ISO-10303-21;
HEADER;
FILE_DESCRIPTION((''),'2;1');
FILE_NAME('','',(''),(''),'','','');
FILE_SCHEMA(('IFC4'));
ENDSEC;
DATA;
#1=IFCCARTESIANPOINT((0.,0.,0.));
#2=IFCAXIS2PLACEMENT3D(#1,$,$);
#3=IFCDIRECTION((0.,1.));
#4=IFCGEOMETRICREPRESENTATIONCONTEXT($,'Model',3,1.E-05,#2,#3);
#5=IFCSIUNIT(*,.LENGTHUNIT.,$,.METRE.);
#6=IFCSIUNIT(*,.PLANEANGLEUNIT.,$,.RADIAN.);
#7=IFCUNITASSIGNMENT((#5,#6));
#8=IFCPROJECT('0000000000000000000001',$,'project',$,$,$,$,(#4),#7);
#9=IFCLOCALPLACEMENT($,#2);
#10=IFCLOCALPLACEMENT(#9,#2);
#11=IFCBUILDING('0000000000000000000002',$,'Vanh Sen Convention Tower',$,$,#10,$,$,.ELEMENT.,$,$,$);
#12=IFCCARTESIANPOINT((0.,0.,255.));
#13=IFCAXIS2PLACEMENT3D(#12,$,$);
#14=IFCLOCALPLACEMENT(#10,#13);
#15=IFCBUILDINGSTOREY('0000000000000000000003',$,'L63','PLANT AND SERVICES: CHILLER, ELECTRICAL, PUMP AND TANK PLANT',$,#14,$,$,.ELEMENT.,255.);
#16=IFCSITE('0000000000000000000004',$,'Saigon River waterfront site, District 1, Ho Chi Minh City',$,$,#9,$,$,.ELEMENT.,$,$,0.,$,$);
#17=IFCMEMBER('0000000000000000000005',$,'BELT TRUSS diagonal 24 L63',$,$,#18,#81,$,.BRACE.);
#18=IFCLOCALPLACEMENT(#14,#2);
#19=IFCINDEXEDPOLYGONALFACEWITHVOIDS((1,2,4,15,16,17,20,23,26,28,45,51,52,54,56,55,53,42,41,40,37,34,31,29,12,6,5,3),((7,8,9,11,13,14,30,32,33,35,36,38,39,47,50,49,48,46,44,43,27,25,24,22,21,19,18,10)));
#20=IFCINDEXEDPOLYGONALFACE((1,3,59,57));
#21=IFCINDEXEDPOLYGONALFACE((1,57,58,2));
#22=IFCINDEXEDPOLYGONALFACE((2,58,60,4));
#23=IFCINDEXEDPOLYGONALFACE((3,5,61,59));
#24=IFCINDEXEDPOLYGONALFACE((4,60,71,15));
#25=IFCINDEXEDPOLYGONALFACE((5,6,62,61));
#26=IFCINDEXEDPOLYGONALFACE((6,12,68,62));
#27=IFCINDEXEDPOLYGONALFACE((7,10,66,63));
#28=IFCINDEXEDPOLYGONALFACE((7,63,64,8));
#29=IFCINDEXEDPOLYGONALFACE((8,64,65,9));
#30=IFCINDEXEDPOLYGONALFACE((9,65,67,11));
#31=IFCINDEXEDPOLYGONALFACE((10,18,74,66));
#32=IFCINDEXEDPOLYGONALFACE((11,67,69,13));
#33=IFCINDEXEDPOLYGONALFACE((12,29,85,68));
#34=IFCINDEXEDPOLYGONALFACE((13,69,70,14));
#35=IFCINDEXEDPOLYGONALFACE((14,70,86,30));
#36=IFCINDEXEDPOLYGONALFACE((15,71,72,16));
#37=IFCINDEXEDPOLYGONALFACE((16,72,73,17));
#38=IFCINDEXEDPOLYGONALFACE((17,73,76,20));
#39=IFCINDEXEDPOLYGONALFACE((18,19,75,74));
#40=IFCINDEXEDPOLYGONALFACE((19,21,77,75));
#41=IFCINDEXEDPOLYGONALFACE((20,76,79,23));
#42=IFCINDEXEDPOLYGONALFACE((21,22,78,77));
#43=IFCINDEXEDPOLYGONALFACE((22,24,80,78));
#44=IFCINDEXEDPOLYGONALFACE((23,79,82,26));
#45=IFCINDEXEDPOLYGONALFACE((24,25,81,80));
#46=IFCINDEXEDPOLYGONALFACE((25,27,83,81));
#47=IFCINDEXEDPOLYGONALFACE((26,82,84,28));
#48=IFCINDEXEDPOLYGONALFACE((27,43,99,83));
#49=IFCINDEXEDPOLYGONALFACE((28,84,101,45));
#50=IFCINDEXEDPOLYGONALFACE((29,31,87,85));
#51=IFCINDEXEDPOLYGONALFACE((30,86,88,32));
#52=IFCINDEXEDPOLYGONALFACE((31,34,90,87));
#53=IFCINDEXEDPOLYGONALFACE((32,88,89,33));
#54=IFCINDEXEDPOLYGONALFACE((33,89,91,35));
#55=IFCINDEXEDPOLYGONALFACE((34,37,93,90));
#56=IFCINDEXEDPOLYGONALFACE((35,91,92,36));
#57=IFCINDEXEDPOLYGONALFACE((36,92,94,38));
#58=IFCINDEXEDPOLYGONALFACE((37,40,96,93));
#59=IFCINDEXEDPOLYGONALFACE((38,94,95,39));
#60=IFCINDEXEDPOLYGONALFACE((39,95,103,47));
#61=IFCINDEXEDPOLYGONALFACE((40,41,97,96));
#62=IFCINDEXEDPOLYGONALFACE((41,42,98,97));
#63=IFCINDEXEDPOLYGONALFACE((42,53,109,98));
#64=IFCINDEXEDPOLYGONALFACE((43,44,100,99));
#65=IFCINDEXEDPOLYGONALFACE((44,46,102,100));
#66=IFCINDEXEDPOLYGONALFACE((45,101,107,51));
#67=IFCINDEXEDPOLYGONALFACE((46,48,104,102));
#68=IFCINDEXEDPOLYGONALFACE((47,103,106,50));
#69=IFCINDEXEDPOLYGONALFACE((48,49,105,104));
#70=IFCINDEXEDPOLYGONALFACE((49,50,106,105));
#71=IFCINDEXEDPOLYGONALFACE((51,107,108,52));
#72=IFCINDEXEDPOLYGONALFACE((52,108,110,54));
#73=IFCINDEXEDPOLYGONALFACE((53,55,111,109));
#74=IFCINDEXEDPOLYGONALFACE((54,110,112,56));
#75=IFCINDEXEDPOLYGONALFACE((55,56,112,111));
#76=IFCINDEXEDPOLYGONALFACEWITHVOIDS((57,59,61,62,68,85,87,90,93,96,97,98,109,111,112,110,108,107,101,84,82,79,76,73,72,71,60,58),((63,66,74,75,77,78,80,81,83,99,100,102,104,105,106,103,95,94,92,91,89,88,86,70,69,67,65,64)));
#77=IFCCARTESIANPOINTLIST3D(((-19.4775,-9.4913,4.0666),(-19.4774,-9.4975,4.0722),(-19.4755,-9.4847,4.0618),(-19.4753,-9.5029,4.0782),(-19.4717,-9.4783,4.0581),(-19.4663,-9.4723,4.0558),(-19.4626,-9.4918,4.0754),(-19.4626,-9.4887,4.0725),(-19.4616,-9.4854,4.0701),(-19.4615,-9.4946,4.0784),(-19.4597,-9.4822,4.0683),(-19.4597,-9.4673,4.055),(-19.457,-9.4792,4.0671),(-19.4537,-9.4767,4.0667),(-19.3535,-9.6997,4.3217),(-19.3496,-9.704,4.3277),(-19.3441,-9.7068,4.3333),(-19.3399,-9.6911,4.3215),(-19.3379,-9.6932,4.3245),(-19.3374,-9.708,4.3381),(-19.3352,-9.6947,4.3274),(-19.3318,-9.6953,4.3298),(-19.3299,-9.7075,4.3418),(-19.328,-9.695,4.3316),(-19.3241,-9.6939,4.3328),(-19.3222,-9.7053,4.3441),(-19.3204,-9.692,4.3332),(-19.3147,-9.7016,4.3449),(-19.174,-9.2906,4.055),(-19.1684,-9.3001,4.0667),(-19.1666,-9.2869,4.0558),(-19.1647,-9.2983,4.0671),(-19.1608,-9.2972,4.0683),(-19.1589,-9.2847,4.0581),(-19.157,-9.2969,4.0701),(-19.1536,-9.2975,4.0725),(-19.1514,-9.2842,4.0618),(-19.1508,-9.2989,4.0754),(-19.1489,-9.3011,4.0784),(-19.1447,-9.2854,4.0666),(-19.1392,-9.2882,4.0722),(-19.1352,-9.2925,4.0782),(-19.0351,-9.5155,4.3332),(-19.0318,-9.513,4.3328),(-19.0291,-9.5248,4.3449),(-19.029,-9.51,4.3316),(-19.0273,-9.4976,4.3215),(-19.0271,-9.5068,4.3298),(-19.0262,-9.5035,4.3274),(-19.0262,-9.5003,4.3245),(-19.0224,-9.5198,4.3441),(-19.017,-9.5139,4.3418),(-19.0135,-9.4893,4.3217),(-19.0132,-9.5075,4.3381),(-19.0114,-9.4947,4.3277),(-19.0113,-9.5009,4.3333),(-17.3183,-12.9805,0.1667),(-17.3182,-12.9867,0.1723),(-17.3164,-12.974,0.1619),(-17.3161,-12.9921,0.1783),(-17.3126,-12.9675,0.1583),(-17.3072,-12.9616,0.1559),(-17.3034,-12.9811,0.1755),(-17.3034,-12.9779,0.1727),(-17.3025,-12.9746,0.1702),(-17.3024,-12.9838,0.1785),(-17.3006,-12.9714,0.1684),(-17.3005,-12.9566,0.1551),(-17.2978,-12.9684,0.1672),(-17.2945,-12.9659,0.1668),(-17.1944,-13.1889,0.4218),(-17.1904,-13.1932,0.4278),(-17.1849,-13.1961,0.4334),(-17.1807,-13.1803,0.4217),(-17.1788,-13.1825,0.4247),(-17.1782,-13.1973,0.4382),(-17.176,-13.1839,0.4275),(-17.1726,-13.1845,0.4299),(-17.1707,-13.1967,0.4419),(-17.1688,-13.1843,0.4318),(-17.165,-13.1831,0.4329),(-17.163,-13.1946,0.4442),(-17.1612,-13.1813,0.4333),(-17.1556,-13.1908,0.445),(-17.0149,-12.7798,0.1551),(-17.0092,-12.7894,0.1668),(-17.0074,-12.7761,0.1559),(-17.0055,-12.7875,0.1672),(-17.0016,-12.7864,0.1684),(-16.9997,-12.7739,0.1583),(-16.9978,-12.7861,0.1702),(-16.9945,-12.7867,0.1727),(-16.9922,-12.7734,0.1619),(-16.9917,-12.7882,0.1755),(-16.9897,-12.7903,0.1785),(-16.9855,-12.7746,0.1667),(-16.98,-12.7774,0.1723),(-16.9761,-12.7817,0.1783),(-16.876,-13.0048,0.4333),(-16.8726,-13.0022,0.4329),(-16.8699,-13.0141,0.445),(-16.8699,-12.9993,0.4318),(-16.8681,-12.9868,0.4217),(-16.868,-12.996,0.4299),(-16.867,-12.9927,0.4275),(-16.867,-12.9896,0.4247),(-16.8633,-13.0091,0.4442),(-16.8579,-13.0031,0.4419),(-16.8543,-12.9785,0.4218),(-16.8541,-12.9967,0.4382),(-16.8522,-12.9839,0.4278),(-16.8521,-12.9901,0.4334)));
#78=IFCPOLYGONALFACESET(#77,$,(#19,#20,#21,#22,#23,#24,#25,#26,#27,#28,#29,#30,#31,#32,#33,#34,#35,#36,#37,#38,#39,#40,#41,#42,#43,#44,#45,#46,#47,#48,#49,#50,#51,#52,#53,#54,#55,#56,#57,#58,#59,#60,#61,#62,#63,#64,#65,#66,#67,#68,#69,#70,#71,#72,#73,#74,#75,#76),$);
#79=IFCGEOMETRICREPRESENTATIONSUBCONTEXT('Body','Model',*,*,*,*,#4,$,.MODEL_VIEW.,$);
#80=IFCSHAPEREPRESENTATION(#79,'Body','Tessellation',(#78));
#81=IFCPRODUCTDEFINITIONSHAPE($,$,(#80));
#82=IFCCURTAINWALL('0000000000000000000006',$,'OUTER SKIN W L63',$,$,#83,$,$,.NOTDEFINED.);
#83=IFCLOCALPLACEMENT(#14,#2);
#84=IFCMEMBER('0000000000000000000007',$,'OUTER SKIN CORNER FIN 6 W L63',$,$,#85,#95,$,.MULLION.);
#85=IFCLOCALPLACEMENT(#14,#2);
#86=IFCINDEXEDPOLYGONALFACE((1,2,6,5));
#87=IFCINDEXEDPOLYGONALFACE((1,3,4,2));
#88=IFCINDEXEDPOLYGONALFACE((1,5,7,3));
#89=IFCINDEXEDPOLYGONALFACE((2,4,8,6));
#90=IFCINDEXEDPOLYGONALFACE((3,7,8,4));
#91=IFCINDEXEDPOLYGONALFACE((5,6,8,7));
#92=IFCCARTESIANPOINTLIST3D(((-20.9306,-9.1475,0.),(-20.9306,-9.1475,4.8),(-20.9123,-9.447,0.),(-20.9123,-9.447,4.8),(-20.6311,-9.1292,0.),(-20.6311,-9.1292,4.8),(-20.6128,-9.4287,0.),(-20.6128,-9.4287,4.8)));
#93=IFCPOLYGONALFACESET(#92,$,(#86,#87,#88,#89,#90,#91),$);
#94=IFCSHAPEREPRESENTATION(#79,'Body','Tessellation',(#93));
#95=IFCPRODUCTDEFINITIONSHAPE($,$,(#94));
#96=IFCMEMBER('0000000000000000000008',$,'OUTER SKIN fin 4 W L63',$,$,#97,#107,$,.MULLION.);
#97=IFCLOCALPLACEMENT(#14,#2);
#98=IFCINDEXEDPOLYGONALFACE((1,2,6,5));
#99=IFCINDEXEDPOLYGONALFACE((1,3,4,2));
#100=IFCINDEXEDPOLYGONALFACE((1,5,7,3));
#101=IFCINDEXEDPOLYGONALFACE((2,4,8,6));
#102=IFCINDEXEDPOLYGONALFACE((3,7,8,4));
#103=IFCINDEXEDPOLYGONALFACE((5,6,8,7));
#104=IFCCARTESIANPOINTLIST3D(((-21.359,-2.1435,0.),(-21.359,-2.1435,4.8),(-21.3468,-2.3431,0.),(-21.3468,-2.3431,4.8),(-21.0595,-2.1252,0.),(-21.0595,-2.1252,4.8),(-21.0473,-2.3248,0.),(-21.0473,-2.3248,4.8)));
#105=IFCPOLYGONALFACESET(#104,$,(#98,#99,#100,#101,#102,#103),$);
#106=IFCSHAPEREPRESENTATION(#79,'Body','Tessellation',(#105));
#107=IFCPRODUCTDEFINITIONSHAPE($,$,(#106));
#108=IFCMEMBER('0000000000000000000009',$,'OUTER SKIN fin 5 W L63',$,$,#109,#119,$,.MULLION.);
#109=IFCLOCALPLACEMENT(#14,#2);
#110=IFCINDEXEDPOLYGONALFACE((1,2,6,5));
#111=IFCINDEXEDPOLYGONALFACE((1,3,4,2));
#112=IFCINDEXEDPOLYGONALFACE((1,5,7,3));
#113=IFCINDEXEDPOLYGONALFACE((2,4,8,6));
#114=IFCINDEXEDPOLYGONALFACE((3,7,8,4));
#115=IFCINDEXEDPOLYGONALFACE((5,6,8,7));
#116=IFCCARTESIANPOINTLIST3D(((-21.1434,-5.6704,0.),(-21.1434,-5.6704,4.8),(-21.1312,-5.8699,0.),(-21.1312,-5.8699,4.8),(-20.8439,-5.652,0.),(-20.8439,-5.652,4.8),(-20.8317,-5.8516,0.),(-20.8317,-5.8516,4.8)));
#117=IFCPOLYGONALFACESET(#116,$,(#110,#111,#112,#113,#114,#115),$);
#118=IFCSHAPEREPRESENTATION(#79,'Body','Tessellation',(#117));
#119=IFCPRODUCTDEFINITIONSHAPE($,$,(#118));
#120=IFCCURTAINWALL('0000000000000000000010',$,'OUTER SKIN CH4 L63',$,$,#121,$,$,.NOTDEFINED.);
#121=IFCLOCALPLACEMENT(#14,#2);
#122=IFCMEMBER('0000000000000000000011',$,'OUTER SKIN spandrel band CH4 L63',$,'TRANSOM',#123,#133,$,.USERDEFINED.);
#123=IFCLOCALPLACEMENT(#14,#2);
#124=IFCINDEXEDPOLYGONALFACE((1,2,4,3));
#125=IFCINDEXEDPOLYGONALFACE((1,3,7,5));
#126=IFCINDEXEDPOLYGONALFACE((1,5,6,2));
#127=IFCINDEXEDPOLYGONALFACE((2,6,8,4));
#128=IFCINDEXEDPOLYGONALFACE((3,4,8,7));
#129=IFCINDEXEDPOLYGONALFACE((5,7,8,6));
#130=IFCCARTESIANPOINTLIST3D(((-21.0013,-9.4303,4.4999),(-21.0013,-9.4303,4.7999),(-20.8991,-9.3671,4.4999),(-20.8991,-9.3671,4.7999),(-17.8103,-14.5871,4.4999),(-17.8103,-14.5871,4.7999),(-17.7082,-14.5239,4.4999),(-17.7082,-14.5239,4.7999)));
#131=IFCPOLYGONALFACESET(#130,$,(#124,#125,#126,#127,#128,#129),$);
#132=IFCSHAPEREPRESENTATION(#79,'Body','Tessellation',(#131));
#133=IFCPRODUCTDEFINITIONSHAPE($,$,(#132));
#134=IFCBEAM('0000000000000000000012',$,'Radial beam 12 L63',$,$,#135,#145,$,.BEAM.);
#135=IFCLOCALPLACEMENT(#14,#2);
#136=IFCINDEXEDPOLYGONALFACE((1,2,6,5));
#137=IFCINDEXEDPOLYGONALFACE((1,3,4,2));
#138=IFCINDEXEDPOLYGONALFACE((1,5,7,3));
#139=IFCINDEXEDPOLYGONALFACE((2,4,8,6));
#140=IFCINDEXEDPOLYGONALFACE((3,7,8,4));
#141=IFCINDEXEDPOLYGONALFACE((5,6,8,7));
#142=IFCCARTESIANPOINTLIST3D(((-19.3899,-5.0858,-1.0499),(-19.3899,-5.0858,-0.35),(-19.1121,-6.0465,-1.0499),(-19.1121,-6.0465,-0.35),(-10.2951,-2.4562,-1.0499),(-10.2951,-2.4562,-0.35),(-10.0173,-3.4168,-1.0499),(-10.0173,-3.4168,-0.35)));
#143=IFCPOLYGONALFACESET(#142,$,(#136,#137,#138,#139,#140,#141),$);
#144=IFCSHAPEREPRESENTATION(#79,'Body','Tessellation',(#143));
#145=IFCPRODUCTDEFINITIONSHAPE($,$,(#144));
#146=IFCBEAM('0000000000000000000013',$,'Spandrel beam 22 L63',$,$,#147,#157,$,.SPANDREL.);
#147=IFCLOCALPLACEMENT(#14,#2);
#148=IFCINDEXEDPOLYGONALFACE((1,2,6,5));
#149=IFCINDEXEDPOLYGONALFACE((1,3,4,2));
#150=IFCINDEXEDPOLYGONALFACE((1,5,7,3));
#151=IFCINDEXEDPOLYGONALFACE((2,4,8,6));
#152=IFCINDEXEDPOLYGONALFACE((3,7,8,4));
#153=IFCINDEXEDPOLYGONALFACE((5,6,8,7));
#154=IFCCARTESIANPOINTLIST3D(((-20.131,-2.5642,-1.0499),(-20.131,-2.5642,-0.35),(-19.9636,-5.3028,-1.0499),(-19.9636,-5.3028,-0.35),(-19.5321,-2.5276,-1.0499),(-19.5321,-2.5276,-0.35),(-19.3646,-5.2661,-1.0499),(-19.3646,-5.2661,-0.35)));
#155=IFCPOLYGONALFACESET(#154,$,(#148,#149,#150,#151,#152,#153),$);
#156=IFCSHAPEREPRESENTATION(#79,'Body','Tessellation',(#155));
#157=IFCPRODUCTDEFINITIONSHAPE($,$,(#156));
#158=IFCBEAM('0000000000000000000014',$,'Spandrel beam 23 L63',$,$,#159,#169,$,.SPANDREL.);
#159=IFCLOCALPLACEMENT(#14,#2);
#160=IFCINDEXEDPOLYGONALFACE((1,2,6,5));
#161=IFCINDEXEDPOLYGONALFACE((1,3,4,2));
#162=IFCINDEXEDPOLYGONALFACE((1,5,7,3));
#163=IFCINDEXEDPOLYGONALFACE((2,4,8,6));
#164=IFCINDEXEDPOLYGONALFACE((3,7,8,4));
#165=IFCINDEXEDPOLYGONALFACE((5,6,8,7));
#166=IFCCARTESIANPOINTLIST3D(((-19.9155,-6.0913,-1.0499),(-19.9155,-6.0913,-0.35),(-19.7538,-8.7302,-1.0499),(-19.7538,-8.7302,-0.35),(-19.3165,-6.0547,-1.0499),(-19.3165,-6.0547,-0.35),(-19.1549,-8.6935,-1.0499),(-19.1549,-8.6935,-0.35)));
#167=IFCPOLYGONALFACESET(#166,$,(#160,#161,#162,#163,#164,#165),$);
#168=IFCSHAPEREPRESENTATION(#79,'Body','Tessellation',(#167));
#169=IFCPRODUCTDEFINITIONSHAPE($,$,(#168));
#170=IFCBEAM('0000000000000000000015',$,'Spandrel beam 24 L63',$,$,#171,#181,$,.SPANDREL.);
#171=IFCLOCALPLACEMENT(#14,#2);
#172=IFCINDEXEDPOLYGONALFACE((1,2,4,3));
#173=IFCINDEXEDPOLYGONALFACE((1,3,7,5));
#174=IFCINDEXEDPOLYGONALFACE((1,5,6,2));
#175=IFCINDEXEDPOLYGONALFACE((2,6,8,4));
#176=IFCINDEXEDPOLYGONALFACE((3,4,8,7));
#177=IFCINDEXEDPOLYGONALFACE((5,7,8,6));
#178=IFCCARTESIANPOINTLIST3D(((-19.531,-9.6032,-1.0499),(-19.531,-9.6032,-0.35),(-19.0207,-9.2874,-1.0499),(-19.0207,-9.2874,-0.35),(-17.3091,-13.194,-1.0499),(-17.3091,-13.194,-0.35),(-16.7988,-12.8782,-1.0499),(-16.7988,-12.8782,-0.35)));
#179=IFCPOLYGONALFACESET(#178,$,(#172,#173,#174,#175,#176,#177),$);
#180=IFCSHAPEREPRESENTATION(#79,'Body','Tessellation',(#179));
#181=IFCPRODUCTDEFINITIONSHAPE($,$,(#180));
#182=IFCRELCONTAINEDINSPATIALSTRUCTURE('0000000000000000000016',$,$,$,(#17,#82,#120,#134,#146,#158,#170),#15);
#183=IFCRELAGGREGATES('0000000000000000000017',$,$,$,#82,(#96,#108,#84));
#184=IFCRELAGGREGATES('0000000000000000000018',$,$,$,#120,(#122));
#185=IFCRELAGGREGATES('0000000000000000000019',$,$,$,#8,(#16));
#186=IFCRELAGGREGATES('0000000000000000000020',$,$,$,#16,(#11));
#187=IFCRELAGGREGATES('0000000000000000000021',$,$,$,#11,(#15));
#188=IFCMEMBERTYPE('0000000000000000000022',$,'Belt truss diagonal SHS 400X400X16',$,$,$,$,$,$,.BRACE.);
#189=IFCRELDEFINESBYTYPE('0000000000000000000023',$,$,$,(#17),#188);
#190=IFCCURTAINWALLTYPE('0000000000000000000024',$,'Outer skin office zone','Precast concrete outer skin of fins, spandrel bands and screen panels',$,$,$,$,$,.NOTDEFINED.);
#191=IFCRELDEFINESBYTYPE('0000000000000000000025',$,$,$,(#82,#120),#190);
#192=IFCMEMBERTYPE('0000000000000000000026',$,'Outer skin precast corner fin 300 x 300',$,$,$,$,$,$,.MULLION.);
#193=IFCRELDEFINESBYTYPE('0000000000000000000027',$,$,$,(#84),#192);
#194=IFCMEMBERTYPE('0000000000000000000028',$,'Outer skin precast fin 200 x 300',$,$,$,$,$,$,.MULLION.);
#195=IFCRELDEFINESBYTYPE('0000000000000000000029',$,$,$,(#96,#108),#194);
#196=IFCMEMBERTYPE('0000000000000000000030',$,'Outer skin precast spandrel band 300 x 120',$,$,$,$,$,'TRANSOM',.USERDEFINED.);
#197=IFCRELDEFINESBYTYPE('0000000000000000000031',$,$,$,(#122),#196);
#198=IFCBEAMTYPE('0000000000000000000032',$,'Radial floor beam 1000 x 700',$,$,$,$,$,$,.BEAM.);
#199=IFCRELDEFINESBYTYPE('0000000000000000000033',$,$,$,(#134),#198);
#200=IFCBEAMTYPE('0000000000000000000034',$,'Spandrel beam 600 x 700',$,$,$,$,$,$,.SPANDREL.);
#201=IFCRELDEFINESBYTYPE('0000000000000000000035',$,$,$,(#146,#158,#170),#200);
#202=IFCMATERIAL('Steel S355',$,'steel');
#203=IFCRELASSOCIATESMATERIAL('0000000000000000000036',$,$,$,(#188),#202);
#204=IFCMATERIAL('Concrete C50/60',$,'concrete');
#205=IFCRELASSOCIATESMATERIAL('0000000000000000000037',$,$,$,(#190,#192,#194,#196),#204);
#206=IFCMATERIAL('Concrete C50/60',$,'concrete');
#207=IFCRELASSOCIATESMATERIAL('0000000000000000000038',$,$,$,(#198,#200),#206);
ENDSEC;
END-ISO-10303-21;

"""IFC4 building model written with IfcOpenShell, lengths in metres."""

from ifc_helpers import new_model, si_unit, direction, frame, origin, origin_2d, place, context, subcontext, project, spatial, rectangle, hollow_rectangle, extrude, material, material_profile, profile_set, type_object, element, aggregate, save


model = new_model("IFC4")

# Units and contexts
model_context = context("Model", 3, precision=1e-05, world=origin(), true_north=direction((0.0, 1.0)))
body_context = subcontext(model_context, "Body", "Model", "MODEL_VIEW")
ifc_project = project(units=[si_unit("LENGTHUNIT", "METRE"), si_unit("PLANEANGLEUNIT", "RADIAN")], contexts=[model_context])

# Site, building, storey
site_placement = place(None, origin())
site = spatial("IfcSite", under=ifc_project, at=site_placement, Name="Saigon River waterfront site, District 1, Ho Chi Minh City", CompositionType="ELEMENT", RefElevation=0.0)
building_placement = place(site_placement, origin())
building = spatial("IfcBuilding", under=site, at=building_placement, Name="Vanh Sen Convention Tower", CompositionType="ELEMENT")
storey_placement = place(building_placement, frame((0.0, 0.0, 255.0)))
storey = spatial("IfcBuildingStorey", under=building, at=storey_placement, Name="L63", Description="PLANT AND SERVICES: CHILLER, ELECTRICAL, PUMP AND TANK PLANT", CompositionType="ELEMENT", Elevation=255.0)

# Member
ifc_material_1 = material(Name="Steel S355", Category="steel")
ifc_material_profile_1 = material_profile(ifc_material_1, hollow_rectangle(XDim=0.3999, YDim=0.3999, WallThickness=0.0161, InnerFilletRadius=0.0161, OuterFilletRadius=0.032, at=origin_2d()), Name="SHS 400X400X16")
ifc_profile_set_1 = profile_set([ifc_material_profile_1], Name="Steel S355")
member_type_1 = type_object("IfcMemberType", Name="Belt truss diagonal SHS 400X400X16", PredefinedType="BRACE", material=ifc_profile_set_1)
member_1_placement = place(storey_placement, frame((-19.2444, -9.4961, 4.2), z_axis=(0.381417, -0.616375, -0.688915), x_axis=(0.850356, 0.526207, 0.0)))
element("IfcMember", 1, at=member_1_placement, inside=storey, type_object=member_type_1, Name="BELT TRUSS diagonal 24 L63", PredefinedType="BRACE", context=body_context, shape_type="SweptSolid", body=[
    extrude(hollow_rectangle(XDim=0.3999, YDim=0.3999, WallThickness=0.0161, InnerFilletRadius=0.0161, OuterFilletRadius=0.032, at=origin_2d()), origin(), (0.0, 0.0, 1.0), 5.6609),
])

# Curtain wall, members
ifc_material_2 = material(Name="Concrete C50/60", Category="concrete")
curtain_wall_type = type_object("IfcCurtainWallType", Name="Outer skin office zone", Description="Precast concrete outer skin of fins, spandrel bands and screen panels", PredefinedType="NOTDEFINED", material=ifc_material_2)
curtain_wall_1_placement = place(storey_placement, origin())
curtain_wall_1 = element("IfcCurtainWall", 2, at=curtain_wall_1_placement, inside=storey, type_object=curtain_wall_type, Name="OUTER SKIN W L63", PredefinedType="NOTDEFINED")
ifc_material_profile_2 = material_profile(ifc_material_2, rectangle(XDim=0.3, YDim=0.3, at=origin_2d()), Name="Outer skin precast corner fin 300 x 300")
ifc_profile_set_2 = profile_set([ifc_material_profile_2], Name="Concrete C50/60")
member_type_2 = type_object("IfcMemberType", Name="Outer skin precast corner fin 300 x 300", PredefinedType="MULLION", material=ifc_profile_set_2)
member_2_placement = place(storey_placement, frame((-20.7717, -9.2881, 0.0), z_axis=(0.0, 0.0, 1.0), x_axis=(0.061049, -0.998135, 0.0)))
member_2 = element("IfcMember", 3, at=member_2_placement, type_object=member_type_2, Name="OUTER SKIN CORNER FIN 6 W L63", PredefinedType="MULLION", context=body_context, shape_type="SweptSolid", body=[
    extrude(rectangle(XDim=0.3, YDim=0.3, at=origin_2d()), origin(), (0.0, 0.0, 1.0), 4.8),
])
ifc_material_profile_3 = material_profile(ifc_material_2, rectangle(XDim=0.2, YDim=0.3, at=origin_2d()), Name="Outer skin precast fin 200 x 300")
ifc_profile_set_3 = profile_set([ifc_material_profile_3], Name="Concrete C50/60")
member_type_3 = type_object("IfcMemberType", Name="Outer skin precast fin 200 x 300", PredefinedType="MULLION", material=ifc_profile_set_3)
member_3_placement = place(storey_placement, frame((-21.2031, -2.2341, 0.0), z_axis=(0.0, 0.0, 1.0), x_axis=(0.061049, -0.998135, 0.0)))
member_3 = element("IfcMember", 4, at=member_3_placement, type_object=member_type_3, Name="OUTER SKIN fin 4 W L63", PredefinedType="MULLION", context=body_context, shape_type="SweptSolid", body=[
    extrude(rectangle(XDim=0.2, YDim=0.3, at=origin_2d()), origin(), (0.0, 0.0, 1.0), 4.8),
])
member_4_placement = place(storey_placement, frame((-20.9875, -5.761, 0.0), z_axis=(0.0, 0.0, 1.0), x_axis=(0.061049, -0.998135, 0.0)))
member_4 = element("IfcMember", 5, at=member_4_placement, type_object=member_type_3, Name="OUTER SKIN fin 5 W L63", PredefinedType="MULLION", context=body_context, shape_type="SweptSolid", body=[
    extrude(rectangle(XDim=0.2, YDim=0.3, at=origin_2d()), origin(), (0.0, 0.0, 1.0), 4.8),
])

# Curtain wall, member
curtain_wall_2_placement = place(storey_placement, origin())
curtain_wall_2 = element("IfcCurtainWall", 6, at=curtain_wall_2_placement, inside=storey, type_object=curtain_wall_type, Name="OUTER SKIN CH4 L63", PredefinedType="NOTDEFINED")
ifc_material_profile_4 = material_profile(ifc_material_2, rectangle(XDim=0.1201, YDim=0.3, at=origin_2d()), Name="Outer skin precast spandrel band 300 x 120")
ifc_profile_set_4 = profile_set([ifc_material_profile_4], Name="Concrete C50/60")
member_type_4 = type_object("IfcMemberType", Name="Outer skin precast spandrel band 300 x 120", ElementType="TRANSOM", PredefinedType="USERDEFINED", material=ifc_profile_set_4)
member_5_placement = place(storey_placement, frame((-20.9502, -9.3987, 4.6499), z_axis=(0.526194, -0.850365, 0.0), x_axis=(0.850365, 0.526194, 0.0)))
member_5 = element("IfcMember", 7, at=member_5_placement, type_object=member_type_4, Name="OUTER SKIN spandrel band CH4 L63", ObjectType="TRANSOM", PredefinedType="USERDEFINED", context=body_context, shape_type="SweptSolid", body=[
    extrude(rectangle(XDim=0.1201, YDim=0.3, at=origin_2d()), origin(), (0.0, 0.0, 1.0), 6.0642),
])

# Beams
ifc_material_3 = material(Name="Concrete C50/60", Category="concrete")
ifc_material_profile_5 = material_profile(ifc_material_3, rectangle(XDim=1.0, YDim=0.7, at=origin_2d()), Name="RC 1000X700")
ifc_profile_set_5 = profile_set([ifc_material_profile_5], Name="Concrete C50/60")
beam_type_1 = type_object("IfcBeamType", Name="Radial floor beam 1000 x 700", PredefinedType="BEAM", material=ifc_profile_set_5)
beam_1_placement = place(storey_placement, frame((-19.251, -5.5662, -0.7), z_axis=(0.96065, 0.277761, 0.0), x_axis=(-0.277761, 0.96065, 0.0)))
element("IfcBeam", 8, at=beam_1_placement, inside=storey, type_object=beam_type_1, Name="Radial beam 12 L63", PredefinedType="BEAM", context=body_context, shape_type="SweptSolid", body=[
    extrude(rectangle(XDim=1.0, YDim=0.7, at=origin_2d()), origin(), (0.0, 0.0, 1.0), 9.4673),
])
ifc_material_profile_6 = material_profile(ifc_material_3, rectangle(XDim=0.6001, YDim=0.7, at=origin_2d()), Name="RC 600X700")
ifc_profile_set_6 = profile_set([ifc_material_profile_6], Name="Concrete C50/60")
beam_type_2 = type_object("IfcBeamType", Name="Spandrel beam 600 x 700", PredefinedType="SPANDREL", material=ifc_profile_set_6)
beam_2_placement = place(storey_placement, frame((-19.8315, -2.5459, -0.7), z_axis=(0.061043, -0.998135, 0.0), x_axis=(0.998135, 0.061043, 0.0)))
element("IfcBeam", 9, at=beam_2_placement, inside=storey, type_object=beam_type_2, Name="Spandrel beam 22 L63", PredefinedType="SPANDREL", context=body_context, shape_type="SweptSolid", body=[
    extrude(rectangle(XDim=0.6001, YDim=0.7, at=origin_2d()), origin(), (0.0, 0.0, 1.0), 2.7437),
])
beam_3_placement = place(storey_placement, frame((-19.616, -6.073, -0.7), z_axis=(0.061131, -0.99813, 0.0), x_axis=(0.99813, 0.061131, 0.0)))
element("IfcBeam", 10, at=beam_3_placement, inside=storey, type_object=beam_type_2, Name="Spandrel beam 23 L63", PredefinedType="SPANDREL", context=body_context, shape_type="SweptSolid", body=[
    extrude(rectangle(XDim=0.6001, YDim=0.7, at=origin_2d()), origin(), (0.0, 0.0, 1.0), 2.6438),
])
beam_4_placement = place(storey_placement, frame((-19.2759, -9.4453, -0.7), z_axis=(0.526189, -0.850367, 0.0), x_axis=(0.850367, 0.526189, 0.0)))
element("IfcBeam", 11, at=beam_4_placement, inside=storey, type_object=beam_type_2, Name="Spandrel beam 24 L63", PredefinedType="SPANDREL", context=body_context, shape_type="SweptSolid", body=[
    extrude(rectangle(XDim=0.6001, YDim=0.7, at=origin_2d()), origin(), (0.0, 0.0, 1.0), 4.2227),
])

aggregate(curtain_wall_1, [member_3, member_4, member_2])
aggregate(curtain_wall_2, [member_5])

save(model, "model.ifc")
